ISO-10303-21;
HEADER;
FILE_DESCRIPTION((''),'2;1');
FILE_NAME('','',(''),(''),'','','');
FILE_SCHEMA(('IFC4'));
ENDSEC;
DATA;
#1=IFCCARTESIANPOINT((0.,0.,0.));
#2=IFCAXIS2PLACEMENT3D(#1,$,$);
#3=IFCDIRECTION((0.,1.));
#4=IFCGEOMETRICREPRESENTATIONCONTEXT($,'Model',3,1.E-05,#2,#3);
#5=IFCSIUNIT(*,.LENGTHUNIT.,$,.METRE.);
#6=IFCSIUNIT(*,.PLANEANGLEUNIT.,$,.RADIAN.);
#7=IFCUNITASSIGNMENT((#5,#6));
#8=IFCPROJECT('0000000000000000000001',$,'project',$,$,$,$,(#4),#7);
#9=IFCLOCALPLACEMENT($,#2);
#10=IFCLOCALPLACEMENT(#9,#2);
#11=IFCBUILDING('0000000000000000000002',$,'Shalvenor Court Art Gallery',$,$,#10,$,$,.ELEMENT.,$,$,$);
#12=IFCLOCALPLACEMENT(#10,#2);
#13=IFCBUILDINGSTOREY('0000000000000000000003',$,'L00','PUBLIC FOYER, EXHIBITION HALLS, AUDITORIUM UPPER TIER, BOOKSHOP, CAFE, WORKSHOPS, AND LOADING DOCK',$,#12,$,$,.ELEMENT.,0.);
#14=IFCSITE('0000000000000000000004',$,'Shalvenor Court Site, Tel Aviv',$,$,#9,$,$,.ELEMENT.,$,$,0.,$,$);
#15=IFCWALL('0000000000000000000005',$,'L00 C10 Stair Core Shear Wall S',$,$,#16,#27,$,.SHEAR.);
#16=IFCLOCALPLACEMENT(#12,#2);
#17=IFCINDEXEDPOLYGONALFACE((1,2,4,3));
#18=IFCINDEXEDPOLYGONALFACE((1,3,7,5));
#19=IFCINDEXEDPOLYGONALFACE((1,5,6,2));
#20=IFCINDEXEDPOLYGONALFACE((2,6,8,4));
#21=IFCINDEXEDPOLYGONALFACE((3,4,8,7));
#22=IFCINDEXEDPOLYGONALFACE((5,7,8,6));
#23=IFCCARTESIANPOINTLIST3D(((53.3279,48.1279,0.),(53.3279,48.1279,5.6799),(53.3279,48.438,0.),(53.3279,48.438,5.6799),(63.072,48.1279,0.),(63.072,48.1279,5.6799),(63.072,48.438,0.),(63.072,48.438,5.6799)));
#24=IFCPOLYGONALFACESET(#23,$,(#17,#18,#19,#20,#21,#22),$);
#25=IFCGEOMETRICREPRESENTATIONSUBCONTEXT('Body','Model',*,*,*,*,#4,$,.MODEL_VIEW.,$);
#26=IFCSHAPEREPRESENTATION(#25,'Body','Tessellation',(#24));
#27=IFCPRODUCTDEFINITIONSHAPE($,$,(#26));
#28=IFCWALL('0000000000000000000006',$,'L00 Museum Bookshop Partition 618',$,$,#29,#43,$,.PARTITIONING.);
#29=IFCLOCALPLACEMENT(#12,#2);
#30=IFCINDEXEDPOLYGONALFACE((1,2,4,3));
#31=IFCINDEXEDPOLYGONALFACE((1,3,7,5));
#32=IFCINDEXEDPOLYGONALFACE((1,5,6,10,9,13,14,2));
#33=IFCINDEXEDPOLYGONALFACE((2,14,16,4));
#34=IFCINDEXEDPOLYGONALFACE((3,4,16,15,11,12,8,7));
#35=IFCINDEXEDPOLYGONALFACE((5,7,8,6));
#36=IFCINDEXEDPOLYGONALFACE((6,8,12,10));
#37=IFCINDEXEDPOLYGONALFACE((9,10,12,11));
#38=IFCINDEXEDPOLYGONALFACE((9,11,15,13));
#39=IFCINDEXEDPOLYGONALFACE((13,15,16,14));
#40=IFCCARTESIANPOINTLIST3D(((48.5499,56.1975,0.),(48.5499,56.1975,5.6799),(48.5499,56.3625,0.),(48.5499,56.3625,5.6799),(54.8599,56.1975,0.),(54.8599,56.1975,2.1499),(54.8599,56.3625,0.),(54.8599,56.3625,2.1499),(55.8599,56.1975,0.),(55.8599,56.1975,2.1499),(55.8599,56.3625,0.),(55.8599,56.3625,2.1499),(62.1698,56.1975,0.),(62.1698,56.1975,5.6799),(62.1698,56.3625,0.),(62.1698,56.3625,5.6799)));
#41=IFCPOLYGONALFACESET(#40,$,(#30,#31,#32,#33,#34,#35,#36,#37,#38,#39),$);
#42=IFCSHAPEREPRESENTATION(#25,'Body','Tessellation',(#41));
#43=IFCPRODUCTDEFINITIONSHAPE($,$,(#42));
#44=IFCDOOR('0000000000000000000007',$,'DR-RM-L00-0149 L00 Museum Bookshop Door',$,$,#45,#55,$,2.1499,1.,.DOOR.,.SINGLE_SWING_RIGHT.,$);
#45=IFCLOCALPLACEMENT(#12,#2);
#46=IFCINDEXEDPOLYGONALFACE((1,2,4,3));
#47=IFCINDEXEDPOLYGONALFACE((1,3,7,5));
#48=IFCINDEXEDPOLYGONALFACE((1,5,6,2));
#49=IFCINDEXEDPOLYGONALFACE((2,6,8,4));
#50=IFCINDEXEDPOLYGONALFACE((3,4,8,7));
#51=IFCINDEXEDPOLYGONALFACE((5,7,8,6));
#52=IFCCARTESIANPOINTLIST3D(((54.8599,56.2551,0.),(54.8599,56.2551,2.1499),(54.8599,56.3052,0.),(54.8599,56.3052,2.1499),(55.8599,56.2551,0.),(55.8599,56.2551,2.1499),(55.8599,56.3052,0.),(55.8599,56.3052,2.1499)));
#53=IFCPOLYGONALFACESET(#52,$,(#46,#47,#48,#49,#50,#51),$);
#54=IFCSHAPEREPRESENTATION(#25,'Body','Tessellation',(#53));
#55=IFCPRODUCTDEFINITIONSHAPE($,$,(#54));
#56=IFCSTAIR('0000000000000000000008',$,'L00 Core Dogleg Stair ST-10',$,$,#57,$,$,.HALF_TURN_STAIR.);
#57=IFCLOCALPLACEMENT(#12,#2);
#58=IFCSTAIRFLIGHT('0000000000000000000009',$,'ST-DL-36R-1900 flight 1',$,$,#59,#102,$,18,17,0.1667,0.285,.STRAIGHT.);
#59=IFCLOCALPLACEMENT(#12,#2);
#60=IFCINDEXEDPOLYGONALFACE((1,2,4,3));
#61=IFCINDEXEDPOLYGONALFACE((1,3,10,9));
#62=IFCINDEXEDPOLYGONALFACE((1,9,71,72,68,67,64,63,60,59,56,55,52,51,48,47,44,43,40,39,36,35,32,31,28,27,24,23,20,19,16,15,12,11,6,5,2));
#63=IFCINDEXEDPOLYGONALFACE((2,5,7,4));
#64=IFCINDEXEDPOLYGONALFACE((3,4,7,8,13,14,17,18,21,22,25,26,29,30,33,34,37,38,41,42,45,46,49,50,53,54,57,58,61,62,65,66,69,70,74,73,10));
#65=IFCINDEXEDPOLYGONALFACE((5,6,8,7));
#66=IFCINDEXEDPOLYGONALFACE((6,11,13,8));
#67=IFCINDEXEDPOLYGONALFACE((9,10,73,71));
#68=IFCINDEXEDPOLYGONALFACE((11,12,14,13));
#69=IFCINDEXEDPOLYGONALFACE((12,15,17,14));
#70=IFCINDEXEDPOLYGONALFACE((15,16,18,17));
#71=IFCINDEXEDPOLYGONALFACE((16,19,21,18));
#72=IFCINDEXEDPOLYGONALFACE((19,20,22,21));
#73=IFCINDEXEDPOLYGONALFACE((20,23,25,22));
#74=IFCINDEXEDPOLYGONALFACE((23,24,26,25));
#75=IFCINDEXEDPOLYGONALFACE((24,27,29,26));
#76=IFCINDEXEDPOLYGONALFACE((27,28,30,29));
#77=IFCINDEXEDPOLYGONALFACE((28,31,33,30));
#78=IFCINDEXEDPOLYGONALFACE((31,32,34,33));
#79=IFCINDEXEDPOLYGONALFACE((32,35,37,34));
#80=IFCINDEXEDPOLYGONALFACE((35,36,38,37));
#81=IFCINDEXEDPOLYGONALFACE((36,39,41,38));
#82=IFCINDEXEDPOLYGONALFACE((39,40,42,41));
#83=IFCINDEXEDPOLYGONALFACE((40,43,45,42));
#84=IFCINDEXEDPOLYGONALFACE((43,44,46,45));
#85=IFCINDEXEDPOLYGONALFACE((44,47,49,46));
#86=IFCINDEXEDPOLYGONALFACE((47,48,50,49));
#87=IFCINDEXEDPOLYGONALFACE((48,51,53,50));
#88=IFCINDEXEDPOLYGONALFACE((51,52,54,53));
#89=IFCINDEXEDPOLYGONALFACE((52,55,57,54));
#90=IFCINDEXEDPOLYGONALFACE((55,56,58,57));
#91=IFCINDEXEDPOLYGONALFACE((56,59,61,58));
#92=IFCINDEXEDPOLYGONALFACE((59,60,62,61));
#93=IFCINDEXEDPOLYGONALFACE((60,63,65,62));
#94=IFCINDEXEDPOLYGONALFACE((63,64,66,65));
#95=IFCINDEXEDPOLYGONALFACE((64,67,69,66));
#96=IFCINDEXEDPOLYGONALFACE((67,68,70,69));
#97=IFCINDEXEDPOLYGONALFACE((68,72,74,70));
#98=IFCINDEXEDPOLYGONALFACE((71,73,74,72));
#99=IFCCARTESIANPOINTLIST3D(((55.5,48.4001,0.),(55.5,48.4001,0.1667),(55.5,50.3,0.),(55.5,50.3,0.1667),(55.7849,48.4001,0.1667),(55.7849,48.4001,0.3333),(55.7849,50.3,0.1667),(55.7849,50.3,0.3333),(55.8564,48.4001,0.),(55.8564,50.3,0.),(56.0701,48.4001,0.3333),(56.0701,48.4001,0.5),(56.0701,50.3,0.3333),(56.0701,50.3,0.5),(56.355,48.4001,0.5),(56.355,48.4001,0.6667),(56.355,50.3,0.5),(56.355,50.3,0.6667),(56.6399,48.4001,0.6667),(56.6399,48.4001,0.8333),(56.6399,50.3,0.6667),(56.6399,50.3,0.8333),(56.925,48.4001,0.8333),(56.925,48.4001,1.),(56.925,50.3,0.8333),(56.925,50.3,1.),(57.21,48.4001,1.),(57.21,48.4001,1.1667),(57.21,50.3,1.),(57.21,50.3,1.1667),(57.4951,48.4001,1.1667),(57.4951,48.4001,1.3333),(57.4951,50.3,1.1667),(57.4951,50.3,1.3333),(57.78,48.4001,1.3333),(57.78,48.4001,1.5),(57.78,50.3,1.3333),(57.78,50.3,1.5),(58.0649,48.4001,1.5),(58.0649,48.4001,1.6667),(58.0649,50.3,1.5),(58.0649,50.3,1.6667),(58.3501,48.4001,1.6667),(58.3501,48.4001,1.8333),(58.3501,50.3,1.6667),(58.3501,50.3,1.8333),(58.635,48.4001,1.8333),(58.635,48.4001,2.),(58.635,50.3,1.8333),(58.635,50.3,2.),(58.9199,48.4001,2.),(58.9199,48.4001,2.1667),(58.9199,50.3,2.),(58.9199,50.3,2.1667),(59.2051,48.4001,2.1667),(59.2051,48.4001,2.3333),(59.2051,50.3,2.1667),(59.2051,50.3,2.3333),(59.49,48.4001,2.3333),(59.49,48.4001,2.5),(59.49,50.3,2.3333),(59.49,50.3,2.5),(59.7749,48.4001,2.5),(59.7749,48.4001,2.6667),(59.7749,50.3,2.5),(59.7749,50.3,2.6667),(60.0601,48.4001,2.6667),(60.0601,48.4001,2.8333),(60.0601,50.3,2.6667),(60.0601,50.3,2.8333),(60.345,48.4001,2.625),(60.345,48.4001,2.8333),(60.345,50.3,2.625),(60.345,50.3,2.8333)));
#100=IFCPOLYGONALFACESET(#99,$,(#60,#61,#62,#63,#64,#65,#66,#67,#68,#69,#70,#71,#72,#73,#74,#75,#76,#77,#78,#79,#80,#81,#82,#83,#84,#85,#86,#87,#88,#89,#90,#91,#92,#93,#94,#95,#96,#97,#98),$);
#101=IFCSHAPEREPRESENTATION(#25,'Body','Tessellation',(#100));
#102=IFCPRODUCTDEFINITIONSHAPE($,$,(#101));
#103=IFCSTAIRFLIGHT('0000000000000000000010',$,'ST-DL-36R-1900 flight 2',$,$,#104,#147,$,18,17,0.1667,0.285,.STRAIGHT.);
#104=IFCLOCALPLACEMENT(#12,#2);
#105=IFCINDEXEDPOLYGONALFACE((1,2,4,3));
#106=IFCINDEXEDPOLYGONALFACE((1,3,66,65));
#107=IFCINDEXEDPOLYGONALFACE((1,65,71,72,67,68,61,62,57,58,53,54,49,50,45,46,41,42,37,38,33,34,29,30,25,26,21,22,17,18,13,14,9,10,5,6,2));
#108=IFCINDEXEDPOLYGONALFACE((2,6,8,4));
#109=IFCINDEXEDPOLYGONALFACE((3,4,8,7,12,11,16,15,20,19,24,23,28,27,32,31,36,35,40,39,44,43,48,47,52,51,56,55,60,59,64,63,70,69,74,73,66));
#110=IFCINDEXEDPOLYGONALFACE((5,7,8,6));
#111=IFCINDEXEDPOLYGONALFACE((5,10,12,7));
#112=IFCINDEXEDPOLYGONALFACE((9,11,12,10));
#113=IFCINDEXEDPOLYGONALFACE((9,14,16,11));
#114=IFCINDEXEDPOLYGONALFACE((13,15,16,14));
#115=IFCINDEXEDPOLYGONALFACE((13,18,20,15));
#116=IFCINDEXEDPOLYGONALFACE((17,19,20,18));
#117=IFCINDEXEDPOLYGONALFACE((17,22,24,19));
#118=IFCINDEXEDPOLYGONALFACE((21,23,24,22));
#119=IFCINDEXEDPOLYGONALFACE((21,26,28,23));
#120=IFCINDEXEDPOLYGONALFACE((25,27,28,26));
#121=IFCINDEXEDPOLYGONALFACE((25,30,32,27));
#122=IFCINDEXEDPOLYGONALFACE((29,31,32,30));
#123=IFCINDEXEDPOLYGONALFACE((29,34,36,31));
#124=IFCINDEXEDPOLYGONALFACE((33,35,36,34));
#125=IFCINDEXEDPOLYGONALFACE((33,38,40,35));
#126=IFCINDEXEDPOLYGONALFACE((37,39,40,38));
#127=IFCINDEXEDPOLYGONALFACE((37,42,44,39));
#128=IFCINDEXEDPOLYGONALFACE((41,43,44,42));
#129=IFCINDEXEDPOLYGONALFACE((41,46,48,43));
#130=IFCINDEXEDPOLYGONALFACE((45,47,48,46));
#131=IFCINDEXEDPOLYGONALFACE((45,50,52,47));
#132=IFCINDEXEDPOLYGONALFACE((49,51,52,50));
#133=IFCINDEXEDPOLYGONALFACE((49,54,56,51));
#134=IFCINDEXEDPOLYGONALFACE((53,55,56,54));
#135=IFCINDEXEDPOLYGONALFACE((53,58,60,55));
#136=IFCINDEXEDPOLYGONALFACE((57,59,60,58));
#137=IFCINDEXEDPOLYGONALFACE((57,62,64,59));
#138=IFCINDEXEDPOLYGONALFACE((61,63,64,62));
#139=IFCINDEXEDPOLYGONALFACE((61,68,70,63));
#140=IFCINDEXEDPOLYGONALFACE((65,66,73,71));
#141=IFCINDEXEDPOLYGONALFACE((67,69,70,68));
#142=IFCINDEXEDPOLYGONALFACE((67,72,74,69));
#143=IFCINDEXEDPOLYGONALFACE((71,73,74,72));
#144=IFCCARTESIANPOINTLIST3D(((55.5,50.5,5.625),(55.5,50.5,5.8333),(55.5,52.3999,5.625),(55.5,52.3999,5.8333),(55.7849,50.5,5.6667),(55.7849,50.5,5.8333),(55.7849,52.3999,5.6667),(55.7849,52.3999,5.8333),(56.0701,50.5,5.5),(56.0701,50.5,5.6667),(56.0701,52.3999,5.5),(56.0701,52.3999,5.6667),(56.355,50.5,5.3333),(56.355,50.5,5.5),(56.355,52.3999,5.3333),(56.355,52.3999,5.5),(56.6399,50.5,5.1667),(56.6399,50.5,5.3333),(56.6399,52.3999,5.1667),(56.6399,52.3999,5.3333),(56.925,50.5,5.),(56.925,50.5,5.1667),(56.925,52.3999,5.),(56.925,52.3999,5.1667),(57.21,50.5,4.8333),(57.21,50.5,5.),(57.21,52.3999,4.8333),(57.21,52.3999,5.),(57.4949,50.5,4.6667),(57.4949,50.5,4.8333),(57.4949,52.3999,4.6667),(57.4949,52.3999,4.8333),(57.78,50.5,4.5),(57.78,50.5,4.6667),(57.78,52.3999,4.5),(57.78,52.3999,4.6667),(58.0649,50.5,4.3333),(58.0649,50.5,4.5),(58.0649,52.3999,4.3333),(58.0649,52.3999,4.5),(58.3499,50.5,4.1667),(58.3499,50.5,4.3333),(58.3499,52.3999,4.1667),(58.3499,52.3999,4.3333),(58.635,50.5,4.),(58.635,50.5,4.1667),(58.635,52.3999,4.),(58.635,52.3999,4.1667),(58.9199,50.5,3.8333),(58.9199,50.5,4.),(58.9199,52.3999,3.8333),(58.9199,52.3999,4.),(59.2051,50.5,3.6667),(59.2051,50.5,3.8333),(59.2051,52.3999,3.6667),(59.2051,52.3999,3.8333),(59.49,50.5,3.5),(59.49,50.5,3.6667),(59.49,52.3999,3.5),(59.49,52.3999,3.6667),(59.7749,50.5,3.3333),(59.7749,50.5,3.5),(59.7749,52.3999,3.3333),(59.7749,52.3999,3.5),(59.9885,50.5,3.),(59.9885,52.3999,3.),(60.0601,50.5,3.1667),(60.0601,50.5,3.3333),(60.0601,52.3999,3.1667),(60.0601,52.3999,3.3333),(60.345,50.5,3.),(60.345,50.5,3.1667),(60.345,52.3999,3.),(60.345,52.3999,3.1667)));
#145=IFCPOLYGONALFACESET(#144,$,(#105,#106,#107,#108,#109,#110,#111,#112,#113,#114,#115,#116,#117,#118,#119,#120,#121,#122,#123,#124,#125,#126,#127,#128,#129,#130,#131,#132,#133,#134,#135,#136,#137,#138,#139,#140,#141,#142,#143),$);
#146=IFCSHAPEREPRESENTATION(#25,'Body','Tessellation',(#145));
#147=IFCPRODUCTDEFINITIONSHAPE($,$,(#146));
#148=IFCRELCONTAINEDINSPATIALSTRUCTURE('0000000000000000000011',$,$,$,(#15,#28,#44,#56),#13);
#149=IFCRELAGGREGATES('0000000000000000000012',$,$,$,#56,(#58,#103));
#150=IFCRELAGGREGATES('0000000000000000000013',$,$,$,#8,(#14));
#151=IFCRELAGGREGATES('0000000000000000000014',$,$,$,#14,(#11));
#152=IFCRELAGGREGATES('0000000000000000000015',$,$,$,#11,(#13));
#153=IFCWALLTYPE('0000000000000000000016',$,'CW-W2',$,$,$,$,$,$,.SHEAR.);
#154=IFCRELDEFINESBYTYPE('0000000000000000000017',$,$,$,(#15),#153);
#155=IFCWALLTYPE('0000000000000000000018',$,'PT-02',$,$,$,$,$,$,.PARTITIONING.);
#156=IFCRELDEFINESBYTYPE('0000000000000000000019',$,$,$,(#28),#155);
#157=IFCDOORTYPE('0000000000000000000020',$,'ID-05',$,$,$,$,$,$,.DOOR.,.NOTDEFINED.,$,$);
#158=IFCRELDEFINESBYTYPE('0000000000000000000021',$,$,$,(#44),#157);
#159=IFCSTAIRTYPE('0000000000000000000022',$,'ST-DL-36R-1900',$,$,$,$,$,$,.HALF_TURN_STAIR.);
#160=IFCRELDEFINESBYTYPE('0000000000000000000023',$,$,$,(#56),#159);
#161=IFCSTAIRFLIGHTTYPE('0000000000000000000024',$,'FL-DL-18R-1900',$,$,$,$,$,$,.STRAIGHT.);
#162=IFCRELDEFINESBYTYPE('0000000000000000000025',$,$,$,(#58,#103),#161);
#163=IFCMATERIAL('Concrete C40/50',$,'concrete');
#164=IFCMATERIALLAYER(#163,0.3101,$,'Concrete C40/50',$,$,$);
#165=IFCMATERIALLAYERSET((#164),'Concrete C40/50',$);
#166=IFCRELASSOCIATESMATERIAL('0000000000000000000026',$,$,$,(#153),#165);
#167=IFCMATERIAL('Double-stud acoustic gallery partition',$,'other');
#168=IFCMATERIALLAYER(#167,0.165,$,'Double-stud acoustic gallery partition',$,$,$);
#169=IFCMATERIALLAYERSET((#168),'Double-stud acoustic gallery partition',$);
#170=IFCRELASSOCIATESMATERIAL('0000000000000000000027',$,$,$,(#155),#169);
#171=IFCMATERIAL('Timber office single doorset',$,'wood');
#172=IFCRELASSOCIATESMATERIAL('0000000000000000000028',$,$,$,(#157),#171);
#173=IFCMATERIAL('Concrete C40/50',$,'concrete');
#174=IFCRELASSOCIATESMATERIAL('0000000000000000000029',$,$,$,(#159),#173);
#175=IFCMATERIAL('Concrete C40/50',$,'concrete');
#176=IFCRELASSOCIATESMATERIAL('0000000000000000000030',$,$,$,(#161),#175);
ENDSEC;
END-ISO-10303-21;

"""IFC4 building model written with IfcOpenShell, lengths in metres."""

from ifc_helpers import new_model, si_unit, direction, frame, frame_2d, origin, place, context, subcontext, project, spatial, polyline, rectangle, outline, extrude, material, layer, layer_set, type_object, element, fill, aggregate, save


model = new_model("IFC4")

# Units and contexts
model_context = context("Model", 3, precision=1e-05, world=origin(), true_north=direction((0.0, 1.0)))
body_context = subcontext(model_context, "Body", "Model", "MODEL_VIEW")
ifc_project = project(units=[si_unit("LENGTHUNIT", "METRE"), si_unit("PLANEANGLEUNIT", "RADIAN")], contexts=[model_context])

# Site, building, storey
site_placement = place(None, origin())
site = spatial("IfcSite", under=ifc_project, at=site_placement, Name="Shalvenor Court Site, Tel Aviv", CompositionType="ELEMENT", RefElevation=0.0)
building_placement = place(site_placement, origin())
building = spatial("IfcBuilding", under=site, at=building_placement, Name="Shalvenor Court Art Gallery", CompositionType="ELEMENT")
storey_placement = place(building_placement, origin())
storey = spatial("IfcBuildingStorey", under=building, at=storey_placement, Name="L00", Description="PUBLIC FOYER, EXHIBITION HALLS, AUDITORIUM UPPER TIER, BOOKSHOP, CAFE, WORKSHOPS, AND LOADING DOCK", CompositionType="ELEMENT", Elevation=0.0)

# Wall
ifc_material_1 = material(Name="Concrete C40/50", Category="concrete")
ifc_layer_1 = layer(ifc_material_1, 0.3101, Name="Concrete C40/50")
ifc_layer_set_1 = layer_set([ifc_layer_1], Name="Concrete C40/50")
wall_type_1 = type_object("IfcWallType", Name="CW-W2", PredefinedType="SHEAR", material=ifc_layer_set_1)
wall_1_placement = place(storey_placement, frame((63.072, 48.283, 0.0), z_axis=(0.0, 0.0, 1.0), x_axis=(-1.0, 0.0, 0.0)))
element("IfcWall", 1, at=wall_1_placement, inside=storey, type_object=wall_type_1, Name="L00 C10 Stair Core Shear Wall S", PredefinedType="SHEAR", context=body_context, shape_type="SweptSolid", body=[
    extrude(rectangle(XDim=9.7441, YDim=0.3101, at=frame_2d((4.8721, 0.0))), origin(), (0.0, 0.0, 1.0), 5.6799),
])

# Wall, opening, door
ifc_material_2 = material(Name="Double-stud acoustic gallery partition", Category="other")
ifc_layer_2 = layer(ifc_material_2, 0.165, Name="Double-stud acoustic gallery partition")
ifc_layer_set_2 = layer_set([ifc_layer_2], Name="Double-stud acoustic gallery partition")
wall_type_2 = type_object("IfcWallType", Name="PT-02", PredefinedType="PARTITIONING", material=ifc_layer_set_2)
wall_2_placement = place(storey_placement, frame((62.1699, 56.28, 0.0), z_axis=(0.0, 0.0, 1.0), x_axis=(-1.0, 0.0, 0.0)))
wall_2 = element("IfcWall", 2, at=wall_2_placement, inside=storey, type_object=wall_type_2, Name="L00 Museum Bookshop Partition 618", PredefinedType="PARTITIONING", context=body_context, shape_type="SweptSolid", body=[
    extrude(rectangle(XDim=13.6199, YDim=0.165, at=frame_2d((6.8101, 0.0))), origin(), (0.0, 0.0, 1.0), 5.6799),
])
opening_placement = place(wall_2_placement, frame((6.3101, 0.0, 0.0)))
opening = element("IfcOpeningElement", 3, at=opening_placement, cuts=wall_2, PredefinedType="OPENING", context=body_context, shape_type="SweptSolid", body=[
    extrude(rectangle(XDim=1.0, YDim=2.1499, at=frame_2d((0.5, 1.075))), frame((0.0, 0.0925, 0.0), z_axis=(0.0, -1.0, 0.0), x_axis=(1.0, 0.0, 0.0)), (0.0, 0.0, 1.0), 0.1851),
])
ifc_material_3 = material(Name="Timber office single doorset", Category="wood")
door_type = type_object("IfcDoorType", Name="ID-05", OperationType="NOTDEFINED", PredefinedType="DOOR", material=ifc_material_3)
door_placement = place(opening_placement, origin())
door = element("IfcDoor", 4, at=door_placement, inside=storey, type_object=door_type, Name="DR-RM-L00-0149 L00 Museum Bookshop Door", OperationType="SINGLE_SWING_RIGHT", OverallHeight=2.1499, OverallWidth=1.0, PredefinedType="DOOR", context=body_context, shape_type="SweptSolid", body=[
    extrude(rectangle(XDim=1.0, YDim=2.1499, at=frame_2d((0.5, 1.075))), frame((0.0, 0.0249, 0.0), z_axis=(0.0, -1.0, 0.0), x_axis=(1.0, 0.0, 0.0)), (0.0, 0.0, 1.0), 0.05),
])
fill(opening, door)

# Stair, stair flights
ifc_material_4 = material(Name="Concrete C40/50", Category="concrete")
stair_type = type_object("IfcStairType", Name="ST-DL-36R-1900", PredefinedType="HALF_TURN_STAIR", material=ifc_material_4)
stair_placement = place(storey_placement, origin())
stair = element("IfcStair", 5, at=stair_placement, inside=storey, type_object=stair_type, Name="L00 Core Dogleg Stair ST-10", PredefinedType="HALF_TURN_STAIR")
ifc_material_5 = material(Name="Concrete C40/50", Category="concrete")
stair_flight_type = type_object("IfcStairFlightType", Name="FL-DL-18R-1900", PredefinedType="STRAIGHT", material=ifc_material_5)
stair_flight_1_placement = place(storey_placement, frame((55.5, 49.3501, 0.0), z_axis=(0.0, 0.0, 1.0), x_axis=(1.0, 0.0, 0.0)))
stair_flight_1 = element("IfcStairFlight", 6, at=stair_flight_1_placement, type_object=stair_flight_type, Name="ST-DL-36R-1900 flight 1", NumberOfRisers=18, NumberOfTreads=17, PredefinedType="STRAIGHT", RiserHeight=0.1667, TreadLength=0.285, context=body_context, shape_type="SweptSolid", body=[
    extrude(outline(polyline([(0.0, 0.0), (0.0, 0.1667), (0.2849, 0.1667), (0.2849, 0.3333), (0.5701, 0.3333), (0.5701, 0.5), (0.855, 0.5), (0.855, 0.6667), (1.1399, 0.6667), (1.1399, 0.8333), (1.425, 0.8333), (1.425, 1.0), (1.71, 1.0), (1.71, 1.1667), (1.9951, 1.1667), (1.9951, 1.3333), (2.28, 1.3333), (2.28, 1.5), (2.5649, 1.5), (2.5649, 1.6667), (2.8501, 1.6667), (2.8501, 1.8333), (3.135, 1.8333), (3.135, 2.0), (3.4199, 2.0), (3.4199, 2.1667), (3.7051, 2.1667), (3.7051, 2.3333), (3.99, 2.3333), (3.99, 2.5), (4.2749, 2.5), (4.2749, 2.6667), (4.5601, 2.6667), (4.5601, 2.8333), (4.845, 2.8333), (4.845, 3.0), (4.845, 2.625), (0.3564, 0.0), (0.0, 0.0)])), frame((0.0, 0.95, 0.0), z_axis=(0.0, -1.0, 0.0), x_axis=(1.0, 0.0, 0.0)), (0.0, 0.0, 1.0), 1.8999),
])
stair_flight_2_placement = place(storey_placement, frame((60.345, 51.45, 3.0), z_axis=(0.0, 0.0, 1.0), x_axis=(-1.0, 0.0, 0.0)))
stair_flight_2 = element("IfcStairFlight", 7, at=stair_flight_2_placement, type_object=stair_flight_type, Name="ST-DL-36R-1900 flight 2", NumberOfRisers=18, NumberOfTreads=17, PredefinedType="STRAIGHT", RiserHeight=0.1667, TreadLength=0.285, context=body_context, shape_type="SweptSolid", body=[
    extrude(outline(polyline([(0.0, 0.0), (0.0, 0.1667), (0.2849, 0.1667), (0.2849, 0.3333), (0.5701, 0.3333), (0.5701, 0.5), (0.855, 0.5), (0.855, 0.6667), (1.1399, 0.6667), (1.1399, 0.8333), (1.425, 0.8333), (1.425, 1.0), (1.71, 1.0), (1.71, 1.1667), (1.9951, 1.1667), (1.9951, 1.3333), (2.28, 1.3333), (2.28, 1.5), (2.5649, 1.5), (2.5649, 1.6667), (2.8501, 1.6667), (2.8501, 1.8333), (3.135, 1.8333), (3.135, 2.0), (3.4199, 2.0), (3.4199, 2.1667), (3.7051, 2.1667), (3.7051, 2.3333), (3.99, 2.3333), (3.99, 2.5), (4.2749, 2.5), (4.2749, 2.6667), (4.5601, 2.6667), (4.5601, 2.8333), (4.845, 2.8333), (4.845, 3.0), (4.845, 2.625), (0.3564, 0.0), (0.0, 0.0)])), frame((0.0, 0.95, 0.0), z_axis=(0.0, -1.0, 0.0), x_axis=(1.0, 0.0, 0.0)), (0.0, 0.0, 1.0), 1.8999),
])
aggregate(stair, [stair_flight_1, stair_flight_2])

save(model, "model.ifc")
